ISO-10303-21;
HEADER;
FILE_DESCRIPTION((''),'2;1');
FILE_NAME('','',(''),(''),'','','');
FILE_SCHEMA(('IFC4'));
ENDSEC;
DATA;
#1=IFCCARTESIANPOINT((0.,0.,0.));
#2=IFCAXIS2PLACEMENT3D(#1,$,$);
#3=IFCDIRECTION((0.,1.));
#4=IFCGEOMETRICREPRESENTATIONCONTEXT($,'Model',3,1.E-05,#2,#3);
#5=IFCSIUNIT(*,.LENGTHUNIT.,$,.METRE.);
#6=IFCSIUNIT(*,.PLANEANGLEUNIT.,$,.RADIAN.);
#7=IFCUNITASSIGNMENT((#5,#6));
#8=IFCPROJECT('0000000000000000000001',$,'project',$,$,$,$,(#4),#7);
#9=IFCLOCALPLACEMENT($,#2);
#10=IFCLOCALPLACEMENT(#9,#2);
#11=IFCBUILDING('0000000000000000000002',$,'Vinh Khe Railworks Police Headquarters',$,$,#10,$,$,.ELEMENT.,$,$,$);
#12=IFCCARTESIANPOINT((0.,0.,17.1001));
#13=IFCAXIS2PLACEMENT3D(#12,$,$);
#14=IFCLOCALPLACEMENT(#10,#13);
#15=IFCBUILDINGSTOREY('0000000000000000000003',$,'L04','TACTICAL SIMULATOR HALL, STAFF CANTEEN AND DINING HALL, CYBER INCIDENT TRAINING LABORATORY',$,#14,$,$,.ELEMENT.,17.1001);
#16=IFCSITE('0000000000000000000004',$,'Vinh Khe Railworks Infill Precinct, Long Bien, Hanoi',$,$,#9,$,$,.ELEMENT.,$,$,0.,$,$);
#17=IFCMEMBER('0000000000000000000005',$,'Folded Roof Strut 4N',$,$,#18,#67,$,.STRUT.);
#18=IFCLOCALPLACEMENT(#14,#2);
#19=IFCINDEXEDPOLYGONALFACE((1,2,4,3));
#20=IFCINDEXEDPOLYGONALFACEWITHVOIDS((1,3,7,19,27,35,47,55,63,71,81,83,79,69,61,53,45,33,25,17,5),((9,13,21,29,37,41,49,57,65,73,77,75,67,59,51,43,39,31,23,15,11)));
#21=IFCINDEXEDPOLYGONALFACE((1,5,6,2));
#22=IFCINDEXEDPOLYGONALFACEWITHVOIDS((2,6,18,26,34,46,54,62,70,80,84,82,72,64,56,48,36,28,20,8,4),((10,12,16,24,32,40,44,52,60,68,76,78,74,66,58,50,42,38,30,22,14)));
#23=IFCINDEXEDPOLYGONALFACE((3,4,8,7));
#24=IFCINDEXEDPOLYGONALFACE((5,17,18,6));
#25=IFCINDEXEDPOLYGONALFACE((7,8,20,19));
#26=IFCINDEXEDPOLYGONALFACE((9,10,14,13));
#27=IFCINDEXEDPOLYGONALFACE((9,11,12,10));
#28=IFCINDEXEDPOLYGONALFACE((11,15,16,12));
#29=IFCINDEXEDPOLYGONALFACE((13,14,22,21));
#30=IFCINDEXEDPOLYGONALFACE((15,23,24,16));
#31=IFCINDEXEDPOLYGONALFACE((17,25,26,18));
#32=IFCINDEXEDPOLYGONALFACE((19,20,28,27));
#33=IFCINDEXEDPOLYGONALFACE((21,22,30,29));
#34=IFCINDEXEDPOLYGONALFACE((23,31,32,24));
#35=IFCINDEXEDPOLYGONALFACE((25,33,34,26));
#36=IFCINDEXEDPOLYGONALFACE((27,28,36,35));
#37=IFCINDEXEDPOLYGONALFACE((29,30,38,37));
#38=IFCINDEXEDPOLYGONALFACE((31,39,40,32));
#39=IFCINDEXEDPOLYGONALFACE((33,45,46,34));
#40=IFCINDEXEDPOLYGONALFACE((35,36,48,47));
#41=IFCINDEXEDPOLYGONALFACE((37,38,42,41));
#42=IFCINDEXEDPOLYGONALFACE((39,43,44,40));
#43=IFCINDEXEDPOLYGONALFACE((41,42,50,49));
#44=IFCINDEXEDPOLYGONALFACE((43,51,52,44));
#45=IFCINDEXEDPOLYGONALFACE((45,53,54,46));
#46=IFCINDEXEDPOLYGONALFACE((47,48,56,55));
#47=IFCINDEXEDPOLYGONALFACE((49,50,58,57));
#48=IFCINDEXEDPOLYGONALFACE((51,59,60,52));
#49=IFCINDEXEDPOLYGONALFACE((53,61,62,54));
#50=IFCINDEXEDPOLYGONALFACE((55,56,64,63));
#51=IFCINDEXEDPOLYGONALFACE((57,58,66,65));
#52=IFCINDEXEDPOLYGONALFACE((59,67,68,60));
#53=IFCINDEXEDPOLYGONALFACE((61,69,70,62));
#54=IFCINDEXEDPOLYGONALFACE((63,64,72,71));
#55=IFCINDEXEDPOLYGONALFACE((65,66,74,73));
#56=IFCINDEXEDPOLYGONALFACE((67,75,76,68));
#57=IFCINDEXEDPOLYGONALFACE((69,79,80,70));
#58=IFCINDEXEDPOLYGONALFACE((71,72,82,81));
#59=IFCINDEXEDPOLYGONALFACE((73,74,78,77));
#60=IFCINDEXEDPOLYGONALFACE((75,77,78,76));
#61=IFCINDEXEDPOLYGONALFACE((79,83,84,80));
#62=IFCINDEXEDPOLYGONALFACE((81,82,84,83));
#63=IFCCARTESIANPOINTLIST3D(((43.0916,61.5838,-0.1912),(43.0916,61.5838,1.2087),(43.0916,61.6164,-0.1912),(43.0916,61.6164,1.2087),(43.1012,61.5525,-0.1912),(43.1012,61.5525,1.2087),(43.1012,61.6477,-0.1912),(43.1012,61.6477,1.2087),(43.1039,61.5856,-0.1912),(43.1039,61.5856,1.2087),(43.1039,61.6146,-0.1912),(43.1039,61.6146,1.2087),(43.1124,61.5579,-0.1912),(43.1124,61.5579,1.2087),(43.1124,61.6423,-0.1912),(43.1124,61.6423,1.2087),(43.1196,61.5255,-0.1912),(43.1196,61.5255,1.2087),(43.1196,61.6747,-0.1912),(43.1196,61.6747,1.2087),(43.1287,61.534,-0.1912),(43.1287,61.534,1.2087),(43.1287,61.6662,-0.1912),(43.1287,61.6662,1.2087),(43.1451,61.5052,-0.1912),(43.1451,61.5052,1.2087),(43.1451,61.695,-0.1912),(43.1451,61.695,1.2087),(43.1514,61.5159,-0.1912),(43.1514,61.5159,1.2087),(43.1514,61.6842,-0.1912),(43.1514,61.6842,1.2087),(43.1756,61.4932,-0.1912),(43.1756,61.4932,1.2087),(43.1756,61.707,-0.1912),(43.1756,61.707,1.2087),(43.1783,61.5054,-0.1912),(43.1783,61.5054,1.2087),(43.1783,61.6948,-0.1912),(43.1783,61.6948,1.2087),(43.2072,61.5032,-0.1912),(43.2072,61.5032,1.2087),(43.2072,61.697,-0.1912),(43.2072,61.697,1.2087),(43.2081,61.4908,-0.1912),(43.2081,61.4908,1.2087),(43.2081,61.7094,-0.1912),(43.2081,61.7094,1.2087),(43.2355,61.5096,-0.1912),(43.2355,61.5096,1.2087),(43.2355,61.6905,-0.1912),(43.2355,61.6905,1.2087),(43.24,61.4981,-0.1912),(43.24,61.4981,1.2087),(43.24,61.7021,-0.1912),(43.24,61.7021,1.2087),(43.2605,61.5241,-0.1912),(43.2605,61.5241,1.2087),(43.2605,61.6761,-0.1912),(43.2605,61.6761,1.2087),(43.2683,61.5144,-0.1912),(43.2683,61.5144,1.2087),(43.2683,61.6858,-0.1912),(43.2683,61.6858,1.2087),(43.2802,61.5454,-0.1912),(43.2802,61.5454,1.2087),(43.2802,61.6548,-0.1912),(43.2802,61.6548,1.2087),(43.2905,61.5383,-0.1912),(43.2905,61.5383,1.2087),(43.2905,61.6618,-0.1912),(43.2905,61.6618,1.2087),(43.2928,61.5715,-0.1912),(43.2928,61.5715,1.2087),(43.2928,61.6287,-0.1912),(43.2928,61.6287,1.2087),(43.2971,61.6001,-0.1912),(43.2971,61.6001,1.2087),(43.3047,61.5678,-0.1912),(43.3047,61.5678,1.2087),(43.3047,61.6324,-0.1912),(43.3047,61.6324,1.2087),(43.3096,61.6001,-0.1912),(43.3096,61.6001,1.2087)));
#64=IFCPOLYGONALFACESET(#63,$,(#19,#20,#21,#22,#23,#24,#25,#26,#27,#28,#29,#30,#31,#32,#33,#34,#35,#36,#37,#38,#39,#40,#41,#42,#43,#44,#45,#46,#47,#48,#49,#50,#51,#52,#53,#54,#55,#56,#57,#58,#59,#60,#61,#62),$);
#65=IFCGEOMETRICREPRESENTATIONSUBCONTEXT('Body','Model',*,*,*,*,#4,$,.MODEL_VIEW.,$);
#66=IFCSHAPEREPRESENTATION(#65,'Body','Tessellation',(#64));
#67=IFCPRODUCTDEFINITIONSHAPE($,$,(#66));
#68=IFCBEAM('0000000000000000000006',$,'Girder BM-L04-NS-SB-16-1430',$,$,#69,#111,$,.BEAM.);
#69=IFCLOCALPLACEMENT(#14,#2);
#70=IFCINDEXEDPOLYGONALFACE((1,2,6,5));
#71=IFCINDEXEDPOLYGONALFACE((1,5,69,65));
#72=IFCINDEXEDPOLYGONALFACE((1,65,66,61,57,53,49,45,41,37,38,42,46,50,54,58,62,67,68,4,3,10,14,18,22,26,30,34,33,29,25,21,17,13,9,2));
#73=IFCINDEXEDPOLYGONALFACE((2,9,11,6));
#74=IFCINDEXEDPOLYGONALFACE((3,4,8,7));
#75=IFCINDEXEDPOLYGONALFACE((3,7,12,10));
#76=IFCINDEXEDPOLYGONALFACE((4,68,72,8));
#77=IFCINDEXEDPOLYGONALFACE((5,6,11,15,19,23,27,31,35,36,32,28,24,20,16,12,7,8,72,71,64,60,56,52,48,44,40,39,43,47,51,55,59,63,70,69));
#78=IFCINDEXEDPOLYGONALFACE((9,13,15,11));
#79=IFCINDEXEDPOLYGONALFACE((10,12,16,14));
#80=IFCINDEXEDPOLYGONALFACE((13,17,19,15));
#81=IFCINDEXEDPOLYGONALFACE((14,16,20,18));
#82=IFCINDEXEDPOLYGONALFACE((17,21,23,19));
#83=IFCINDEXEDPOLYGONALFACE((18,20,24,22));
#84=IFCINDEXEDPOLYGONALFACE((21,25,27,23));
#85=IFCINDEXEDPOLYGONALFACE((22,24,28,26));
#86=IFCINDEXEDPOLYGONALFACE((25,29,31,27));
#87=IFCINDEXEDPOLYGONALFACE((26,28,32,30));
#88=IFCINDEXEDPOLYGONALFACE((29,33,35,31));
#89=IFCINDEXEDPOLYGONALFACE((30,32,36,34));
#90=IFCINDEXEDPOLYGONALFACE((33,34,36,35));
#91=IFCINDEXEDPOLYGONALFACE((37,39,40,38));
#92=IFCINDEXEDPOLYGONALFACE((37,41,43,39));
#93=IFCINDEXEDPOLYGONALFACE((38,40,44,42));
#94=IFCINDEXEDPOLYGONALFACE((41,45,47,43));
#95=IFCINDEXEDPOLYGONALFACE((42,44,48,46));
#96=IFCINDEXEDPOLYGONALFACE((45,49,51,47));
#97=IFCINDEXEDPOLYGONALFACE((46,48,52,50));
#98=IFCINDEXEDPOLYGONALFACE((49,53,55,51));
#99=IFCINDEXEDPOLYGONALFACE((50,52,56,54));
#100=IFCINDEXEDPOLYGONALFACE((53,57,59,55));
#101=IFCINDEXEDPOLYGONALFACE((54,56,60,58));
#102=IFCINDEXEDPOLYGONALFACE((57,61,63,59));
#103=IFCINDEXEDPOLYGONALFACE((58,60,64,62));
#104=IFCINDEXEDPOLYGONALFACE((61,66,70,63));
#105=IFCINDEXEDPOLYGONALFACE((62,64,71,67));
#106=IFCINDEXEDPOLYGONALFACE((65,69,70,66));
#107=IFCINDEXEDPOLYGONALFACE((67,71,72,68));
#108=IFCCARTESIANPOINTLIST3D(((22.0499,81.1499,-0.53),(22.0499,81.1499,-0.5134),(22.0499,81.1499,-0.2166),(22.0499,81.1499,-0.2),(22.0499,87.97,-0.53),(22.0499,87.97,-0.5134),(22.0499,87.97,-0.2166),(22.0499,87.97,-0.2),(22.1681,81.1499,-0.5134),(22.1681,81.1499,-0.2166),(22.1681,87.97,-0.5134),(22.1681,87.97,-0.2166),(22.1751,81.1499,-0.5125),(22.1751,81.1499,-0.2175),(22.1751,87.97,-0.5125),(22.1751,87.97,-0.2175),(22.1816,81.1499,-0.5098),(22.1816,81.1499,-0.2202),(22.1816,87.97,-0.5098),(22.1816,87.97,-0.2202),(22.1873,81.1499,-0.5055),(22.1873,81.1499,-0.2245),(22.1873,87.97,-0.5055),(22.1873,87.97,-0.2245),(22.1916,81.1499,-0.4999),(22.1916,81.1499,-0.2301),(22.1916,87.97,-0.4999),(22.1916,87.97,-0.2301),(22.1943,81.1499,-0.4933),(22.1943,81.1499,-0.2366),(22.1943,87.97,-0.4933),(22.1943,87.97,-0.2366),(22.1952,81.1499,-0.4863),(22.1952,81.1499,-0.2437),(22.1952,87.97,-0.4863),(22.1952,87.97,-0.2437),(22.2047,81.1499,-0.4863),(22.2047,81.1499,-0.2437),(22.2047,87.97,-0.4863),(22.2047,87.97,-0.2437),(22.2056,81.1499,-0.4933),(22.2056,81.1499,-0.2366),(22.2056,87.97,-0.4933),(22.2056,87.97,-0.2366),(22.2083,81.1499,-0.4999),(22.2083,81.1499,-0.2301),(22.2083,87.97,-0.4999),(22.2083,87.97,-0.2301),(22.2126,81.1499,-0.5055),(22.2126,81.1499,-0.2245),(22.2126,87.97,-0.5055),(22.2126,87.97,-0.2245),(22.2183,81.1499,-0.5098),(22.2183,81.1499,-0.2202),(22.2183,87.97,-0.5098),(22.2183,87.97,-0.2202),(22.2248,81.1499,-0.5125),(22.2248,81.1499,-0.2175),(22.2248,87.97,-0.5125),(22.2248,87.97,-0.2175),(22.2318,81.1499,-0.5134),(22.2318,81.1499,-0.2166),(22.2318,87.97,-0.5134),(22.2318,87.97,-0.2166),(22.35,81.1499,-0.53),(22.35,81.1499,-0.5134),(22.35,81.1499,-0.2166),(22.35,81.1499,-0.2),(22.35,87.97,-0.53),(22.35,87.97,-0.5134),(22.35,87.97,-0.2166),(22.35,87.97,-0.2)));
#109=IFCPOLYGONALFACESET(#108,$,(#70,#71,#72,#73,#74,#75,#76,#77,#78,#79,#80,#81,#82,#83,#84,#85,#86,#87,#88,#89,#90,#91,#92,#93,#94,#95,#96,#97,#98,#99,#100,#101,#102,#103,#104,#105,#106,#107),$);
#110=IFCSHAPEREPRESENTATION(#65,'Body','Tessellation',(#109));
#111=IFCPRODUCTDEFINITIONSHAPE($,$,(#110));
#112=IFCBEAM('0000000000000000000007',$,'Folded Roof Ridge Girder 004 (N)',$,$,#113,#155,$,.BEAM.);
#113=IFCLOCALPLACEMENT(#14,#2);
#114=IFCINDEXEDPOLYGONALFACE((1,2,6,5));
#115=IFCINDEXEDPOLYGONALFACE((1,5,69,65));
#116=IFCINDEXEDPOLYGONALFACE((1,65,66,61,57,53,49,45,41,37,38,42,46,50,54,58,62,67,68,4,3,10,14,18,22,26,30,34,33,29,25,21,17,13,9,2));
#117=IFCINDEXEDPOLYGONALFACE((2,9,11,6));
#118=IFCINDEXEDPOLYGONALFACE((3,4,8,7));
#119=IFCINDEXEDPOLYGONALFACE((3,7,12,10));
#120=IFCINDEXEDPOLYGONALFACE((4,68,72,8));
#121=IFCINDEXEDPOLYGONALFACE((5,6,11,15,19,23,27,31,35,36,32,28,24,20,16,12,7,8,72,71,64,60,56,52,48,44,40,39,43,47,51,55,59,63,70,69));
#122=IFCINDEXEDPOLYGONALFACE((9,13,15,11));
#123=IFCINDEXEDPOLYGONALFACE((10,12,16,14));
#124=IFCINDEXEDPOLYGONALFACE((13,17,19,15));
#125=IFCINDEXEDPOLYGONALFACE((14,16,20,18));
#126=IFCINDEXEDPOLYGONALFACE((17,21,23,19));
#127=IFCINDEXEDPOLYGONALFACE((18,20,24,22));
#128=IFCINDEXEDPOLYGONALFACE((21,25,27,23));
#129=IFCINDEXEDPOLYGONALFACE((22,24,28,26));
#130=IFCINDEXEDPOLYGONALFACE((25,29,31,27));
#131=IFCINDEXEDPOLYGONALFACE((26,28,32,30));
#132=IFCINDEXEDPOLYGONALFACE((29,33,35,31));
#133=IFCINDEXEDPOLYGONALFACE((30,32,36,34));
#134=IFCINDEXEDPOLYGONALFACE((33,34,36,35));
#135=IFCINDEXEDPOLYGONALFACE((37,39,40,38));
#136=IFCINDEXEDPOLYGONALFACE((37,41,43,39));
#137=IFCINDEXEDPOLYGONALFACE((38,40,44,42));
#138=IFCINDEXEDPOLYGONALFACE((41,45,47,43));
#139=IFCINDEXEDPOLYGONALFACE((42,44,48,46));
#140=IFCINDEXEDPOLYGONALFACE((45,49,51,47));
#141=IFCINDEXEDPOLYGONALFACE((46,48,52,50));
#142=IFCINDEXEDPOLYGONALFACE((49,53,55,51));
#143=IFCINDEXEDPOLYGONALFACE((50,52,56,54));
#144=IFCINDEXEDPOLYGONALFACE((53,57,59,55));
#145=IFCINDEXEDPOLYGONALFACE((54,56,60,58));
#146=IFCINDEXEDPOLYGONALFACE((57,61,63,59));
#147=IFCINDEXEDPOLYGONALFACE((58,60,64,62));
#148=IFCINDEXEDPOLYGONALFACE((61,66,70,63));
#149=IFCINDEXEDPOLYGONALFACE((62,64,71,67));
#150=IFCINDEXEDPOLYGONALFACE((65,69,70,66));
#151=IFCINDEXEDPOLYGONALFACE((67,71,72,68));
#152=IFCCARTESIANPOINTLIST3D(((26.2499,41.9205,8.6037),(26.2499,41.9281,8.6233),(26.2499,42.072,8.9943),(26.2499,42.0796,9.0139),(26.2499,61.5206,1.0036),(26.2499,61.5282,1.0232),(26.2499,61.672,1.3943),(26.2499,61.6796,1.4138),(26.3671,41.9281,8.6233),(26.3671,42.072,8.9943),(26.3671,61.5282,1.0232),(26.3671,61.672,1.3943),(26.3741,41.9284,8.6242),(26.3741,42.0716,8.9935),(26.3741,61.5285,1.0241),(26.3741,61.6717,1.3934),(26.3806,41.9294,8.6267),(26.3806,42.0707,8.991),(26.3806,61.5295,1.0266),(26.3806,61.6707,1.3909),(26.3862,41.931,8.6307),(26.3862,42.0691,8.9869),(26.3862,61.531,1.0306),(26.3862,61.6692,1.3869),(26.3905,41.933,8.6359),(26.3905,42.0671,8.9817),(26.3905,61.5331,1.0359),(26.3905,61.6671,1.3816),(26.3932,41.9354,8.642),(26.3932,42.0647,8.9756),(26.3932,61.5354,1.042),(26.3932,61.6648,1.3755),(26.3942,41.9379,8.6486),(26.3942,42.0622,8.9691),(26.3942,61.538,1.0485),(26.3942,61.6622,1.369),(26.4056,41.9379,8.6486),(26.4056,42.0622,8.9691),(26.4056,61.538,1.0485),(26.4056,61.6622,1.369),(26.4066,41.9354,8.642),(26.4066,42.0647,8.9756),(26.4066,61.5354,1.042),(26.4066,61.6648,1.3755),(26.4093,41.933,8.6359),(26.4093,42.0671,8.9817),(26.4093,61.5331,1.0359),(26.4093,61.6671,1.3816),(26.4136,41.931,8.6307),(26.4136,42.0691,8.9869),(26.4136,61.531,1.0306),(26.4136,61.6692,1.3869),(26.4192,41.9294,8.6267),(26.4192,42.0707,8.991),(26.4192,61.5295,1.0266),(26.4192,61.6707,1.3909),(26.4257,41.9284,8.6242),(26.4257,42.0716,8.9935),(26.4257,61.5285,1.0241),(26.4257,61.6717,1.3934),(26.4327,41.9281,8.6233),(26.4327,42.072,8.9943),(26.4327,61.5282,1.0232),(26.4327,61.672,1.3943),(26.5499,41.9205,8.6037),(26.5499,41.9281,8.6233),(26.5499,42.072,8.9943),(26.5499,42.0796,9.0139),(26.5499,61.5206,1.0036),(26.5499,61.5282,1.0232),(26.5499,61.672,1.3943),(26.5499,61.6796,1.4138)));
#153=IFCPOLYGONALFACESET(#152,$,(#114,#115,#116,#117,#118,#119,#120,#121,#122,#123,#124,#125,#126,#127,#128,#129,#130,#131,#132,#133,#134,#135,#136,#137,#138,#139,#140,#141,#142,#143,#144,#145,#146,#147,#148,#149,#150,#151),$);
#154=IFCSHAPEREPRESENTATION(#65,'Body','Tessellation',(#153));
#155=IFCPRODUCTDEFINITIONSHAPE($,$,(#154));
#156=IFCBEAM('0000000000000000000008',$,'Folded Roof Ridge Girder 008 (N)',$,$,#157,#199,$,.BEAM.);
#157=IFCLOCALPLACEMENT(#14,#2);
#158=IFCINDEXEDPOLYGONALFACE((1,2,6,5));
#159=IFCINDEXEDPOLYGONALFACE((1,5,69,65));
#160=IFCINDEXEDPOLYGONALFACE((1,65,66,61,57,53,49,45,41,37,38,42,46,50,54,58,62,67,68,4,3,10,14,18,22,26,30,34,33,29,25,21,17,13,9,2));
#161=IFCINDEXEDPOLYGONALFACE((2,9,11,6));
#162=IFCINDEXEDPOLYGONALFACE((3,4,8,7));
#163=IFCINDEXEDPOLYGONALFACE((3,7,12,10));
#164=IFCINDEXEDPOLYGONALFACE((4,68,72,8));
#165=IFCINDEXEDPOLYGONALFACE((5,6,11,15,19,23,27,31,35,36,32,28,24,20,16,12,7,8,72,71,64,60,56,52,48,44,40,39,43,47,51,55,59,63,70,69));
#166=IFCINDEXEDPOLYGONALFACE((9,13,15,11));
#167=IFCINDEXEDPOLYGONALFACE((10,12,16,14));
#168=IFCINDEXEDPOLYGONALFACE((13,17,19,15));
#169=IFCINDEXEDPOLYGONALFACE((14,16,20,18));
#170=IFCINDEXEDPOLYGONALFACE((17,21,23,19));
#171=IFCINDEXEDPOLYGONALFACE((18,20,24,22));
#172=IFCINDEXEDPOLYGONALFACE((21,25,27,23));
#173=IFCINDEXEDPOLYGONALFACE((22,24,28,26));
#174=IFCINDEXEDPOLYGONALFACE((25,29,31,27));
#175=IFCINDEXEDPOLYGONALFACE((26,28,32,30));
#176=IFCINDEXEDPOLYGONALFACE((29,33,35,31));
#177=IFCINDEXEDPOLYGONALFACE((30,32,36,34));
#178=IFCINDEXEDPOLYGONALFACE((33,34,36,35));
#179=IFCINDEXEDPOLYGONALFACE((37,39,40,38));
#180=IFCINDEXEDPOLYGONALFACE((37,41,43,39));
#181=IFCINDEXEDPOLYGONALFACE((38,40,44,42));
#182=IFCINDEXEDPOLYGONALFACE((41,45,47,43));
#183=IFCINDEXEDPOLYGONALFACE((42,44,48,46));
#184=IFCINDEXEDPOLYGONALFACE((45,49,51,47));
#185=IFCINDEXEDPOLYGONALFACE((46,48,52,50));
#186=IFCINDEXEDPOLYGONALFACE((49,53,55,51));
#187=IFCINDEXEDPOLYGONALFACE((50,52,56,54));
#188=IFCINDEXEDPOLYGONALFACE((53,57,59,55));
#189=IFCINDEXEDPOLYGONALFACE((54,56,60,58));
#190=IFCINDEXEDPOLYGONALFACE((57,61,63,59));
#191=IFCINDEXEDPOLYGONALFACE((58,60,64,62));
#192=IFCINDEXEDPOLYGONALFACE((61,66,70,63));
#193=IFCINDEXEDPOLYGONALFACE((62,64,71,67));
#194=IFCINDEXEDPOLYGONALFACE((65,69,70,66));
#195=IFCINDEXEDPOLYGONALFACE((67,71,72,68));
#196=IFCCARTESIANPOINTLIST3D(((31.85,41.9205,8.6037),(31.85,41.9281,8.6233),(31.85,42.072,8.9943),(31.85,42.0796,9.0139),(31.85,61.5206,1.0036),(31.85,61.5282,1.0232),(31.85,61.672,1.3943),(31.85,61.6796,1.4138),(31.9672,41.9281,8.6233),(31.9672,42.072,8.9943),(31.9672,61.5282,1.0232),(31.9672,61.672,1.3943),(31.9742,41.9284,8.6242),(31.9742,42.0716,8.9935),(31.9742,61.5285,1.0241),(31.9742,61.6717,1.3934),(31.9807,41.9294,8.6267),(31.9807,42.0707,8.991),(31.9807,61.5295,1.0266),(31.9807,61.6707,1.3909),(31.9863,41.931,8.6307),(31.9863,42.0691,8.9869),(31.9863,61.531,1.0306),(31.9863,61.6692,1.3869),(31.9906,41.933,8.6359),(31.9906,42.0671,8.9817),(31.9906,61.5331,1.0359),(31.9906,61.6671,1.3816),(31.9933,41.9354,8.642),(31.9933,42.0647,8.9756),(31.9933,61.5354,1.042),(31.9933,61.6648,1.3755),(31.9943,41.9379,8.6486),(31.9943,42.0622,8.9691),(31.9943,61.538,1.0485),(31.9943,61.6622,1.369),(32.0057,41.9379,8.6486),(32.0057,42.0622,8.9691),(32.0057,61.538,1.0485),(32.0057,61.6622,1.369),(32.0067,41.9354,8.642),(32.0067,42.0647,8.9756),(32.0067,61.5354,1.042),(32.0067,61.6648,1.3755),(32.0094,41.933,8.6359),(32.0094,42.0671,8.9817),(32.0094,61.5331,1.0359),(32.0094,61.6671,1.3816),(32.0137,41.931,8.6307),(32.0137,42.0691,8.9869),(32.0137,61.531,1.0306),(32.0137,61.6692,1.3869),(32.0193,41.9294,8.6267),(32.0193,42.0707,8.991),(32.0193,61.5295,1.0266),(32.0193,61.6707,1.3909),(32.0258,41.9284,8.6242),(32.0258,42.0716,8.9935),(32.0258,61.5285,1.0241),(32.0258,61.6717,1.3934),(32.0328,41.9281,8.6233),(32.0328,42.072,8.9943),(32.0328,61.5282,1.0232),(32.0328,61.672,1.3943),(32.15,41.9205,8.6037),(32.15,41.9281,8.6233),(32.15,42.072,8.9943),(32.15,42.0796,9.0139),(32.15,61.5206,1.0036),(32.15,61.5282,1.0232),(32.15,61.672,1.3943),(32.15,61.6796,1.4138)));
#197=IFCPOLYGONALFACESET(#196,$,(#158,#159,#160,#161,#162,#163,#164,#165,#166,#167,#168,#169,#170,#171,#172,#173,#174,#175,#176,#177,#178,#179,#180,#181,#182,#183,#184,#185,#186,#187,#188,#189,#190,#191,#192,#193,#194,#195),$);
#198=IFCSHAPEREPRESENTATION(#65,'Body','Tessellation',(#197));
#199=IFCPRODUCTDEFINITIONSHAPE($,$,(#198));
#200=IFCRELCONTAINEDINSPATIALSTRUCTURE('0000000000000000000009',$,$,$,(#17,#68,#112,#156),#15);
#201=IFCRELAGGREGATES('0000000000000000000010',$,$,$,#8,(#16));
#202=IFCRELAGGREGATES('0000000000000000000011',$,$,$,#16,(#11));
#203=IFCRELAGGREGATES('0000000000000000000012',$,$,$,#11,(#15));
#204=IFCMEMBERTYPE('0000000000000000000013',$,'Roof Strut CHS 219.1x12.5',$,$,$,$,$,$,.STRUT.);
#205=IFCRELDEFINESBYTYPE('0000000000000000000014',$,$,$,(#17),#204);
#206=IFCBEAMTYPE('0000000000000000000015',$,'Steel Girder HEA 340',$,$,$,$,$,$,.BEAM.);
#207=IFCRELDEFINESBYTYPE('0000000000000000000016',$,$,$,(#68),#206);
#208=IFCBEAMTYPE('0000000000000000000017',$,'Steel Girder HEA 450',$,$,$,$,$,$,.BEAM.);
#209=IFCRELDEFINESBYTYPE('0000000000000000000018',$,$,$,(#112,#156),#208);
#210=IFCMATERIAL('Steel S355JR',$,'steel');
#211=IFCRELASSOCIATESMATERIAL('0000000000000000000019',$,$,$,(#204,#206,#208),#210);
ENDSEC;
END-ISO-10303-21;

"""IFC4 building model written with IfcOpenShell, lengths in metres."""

from ifc_helpers import new_model, si_unit, direction, frame, origin, origin_2d, place, context, subcontext, project, spatial, hollow_circle, i_section, extrude, material, material_profile, profile_set, type_object, element, save


model = new_model("IFC4")

# Units and contexts
model_context = context("Model", 3, precision=1e-05, world=origin(), true_north=direction((0.0, 1.0)))
body_context = subcontext(model_context, "Body", "Model", "MODEL_VIEW")
ifc_project = project(units=[si_unit("LENGTHUNIT", "METRE"), si_unit("PLANEANGLEUNIT", "RADIAN")], contexts=[model_context])

# Site, building, storey
site_placement = place(None, origin())
site = spatial("IfcSite", under=ifc_project, at=site_placement, Name="Vinh Khe Railworks Infill Precinct, Long Bien, Hanoi", CompositionType="ELEMENT", RefElevation=0.0)
building_placement = place(site_placement, origin())
building = spatial("IfcBuilding", under=site, at=building_placement, Name="Vinh Khe Railworks Police Headquarters", CompositionType="ELEMENT")
storey_placement = place(building_placement, frame((0.0, 0.0, 17.1001)))
storey = spatial("IfcBuildingStorey", under=building, at=storey_placement, Name="L04", Description="TACTICAL SIMULATOR HALL, STAFF CANTEEN AND DINING HALL, CYBER INCIDENT TRAINING LABORATORY", CompositionType="ELEMENT", Elevation=17.1001)

# Member
ifc_material_1 = material(Name="Steel S355JR", Category="steel")
ifc_material_profile_1 = material_profile(ifc_material_1, hollow_circle(Radius=0.1096, WallThickness=0.0125, at=origin_2d()), Name="CHS 219.1x12.5")
ifc_profile_set_1 = profile_set([ifc_material_profile_1], Name="Steel S355JR")
member_type = type_object("IfcMemberType", Name="Roof Strut CHS 219.1x12.5", PredefinedType="STRUT", material=ifc_profile_set_1)
for number, where, z_axis, x_axis, name in (
    (1, (43.2, 61.6001, -0.1912), (0.0, 0.0, 1.0), (1.0, 0.0, 0.0), "Folded Roof Strut 4N"),
):
    element("IfcMember", number, at=place(storey_placement, frame(where, z_axis=z_axis, x_axis=x_axis)), inside=storey, type_object=member_type, Name=name, PredefinedType="STRUT", context=body_context, shape_type="SweptSolid", body=[
        extrude(hollow_circle(Radius=0.1096, WallThickness=0.0125, at=origin_2d()), origin(), (0.0, 0.0, 1.0), 1.3999),
    ])

# Beams
ifc_material_profile_2 = material_profile(ifc_material_1, i_section(OverallWidth=0.3, OverallDepth=0.3301, WebThickness=0.0095, FlangeThickness=0.0166, FilletRadius=0.0271, at=origin_2d()), Name="HEA 340")
ifc_profile_set_2 = profile_set([ifc_material_profile_2], Name="Steel S355JR")
beam_type_1 = type_object("IfcBeamType", Name="Steel Girder HEA 340", PredefinedType="BEAM", material=ifc_profile_set_2)
beam_1_placement = place(storey_placement, frame((22.2, 81.1499, -0.365), z_axis=(0.0, 1.0, 0.0), x_axis=(-1.0, 0.0, 0.0)))
element("IfcBeam", 2, at=beam_1_placement, inside=storey, type_object=beam_type_1, Name="Girder BM-L04-NS-SB-16-1430", PredefinedType="BEAM", context=body_context, shape_type="SweptSolid", body=[
    extrude(i_section(OverallWidth=0.3, OverallDepth=0.3301, WebThickness=0.0095, FlangeThickness=0.0166, FilletRadius=0.0271, at=origin_2d()), origin(), (0.0, 0.0, 1.0), 6.8201),
])
ifc_material_profile_3 = material_profile(ifc_material_1, i_section(OverallWidth=0.3, OverallDepth=0.4399, WebThickness=0.0115, FlangeThickness=0.021, FilletRadius=0.0271, at=origin_2d()), Name="HEA 450")
ifc_profile_set_3 = profile_set([ifc_material_profile_3], Name="Steel S355JR")
beam_type_2 = type_object("IfcBeamType", Name="Steel Girder HEA 450", PredefinedType="BEAM", material=ifc_profile_set_3)
for number, where, z_axis, x_axis, name in (
    (3, (26.3999, 61.6001, 1.2087), (0.0, -0.93236, 0.36153), (1.0, 0.0, 0.0), "Folded Roof Ridge Girder 004 (N)"),
    (4, (32.0, 61.6001, 1.2087), (0.0, -0.93236, 0.36153), (1.0, 0.0, 0.0), "Folded Roof Ridge Girder 008 (N)"),
):
    element("IfcBeam", number, at=place(storey_placement, frame(where, z_axis=z_axis, x_axis=x_axis)), inside=storey, type_object=beam_type_2, Name=name, PredefinedType="BEAM", context=body_context, shape_type="SweptSolid", body=[
        extrude(i_section(OverallWidth=0.3, OverallDepth=0.4399, WebThickness=0.0115, FlangeThickness=0.021, FilletRadius=0.0271, at=origin_2d()), origin(), (0.0, 0.0, 1.0), 21.022),
    ])

save(model, "model.ifc")
